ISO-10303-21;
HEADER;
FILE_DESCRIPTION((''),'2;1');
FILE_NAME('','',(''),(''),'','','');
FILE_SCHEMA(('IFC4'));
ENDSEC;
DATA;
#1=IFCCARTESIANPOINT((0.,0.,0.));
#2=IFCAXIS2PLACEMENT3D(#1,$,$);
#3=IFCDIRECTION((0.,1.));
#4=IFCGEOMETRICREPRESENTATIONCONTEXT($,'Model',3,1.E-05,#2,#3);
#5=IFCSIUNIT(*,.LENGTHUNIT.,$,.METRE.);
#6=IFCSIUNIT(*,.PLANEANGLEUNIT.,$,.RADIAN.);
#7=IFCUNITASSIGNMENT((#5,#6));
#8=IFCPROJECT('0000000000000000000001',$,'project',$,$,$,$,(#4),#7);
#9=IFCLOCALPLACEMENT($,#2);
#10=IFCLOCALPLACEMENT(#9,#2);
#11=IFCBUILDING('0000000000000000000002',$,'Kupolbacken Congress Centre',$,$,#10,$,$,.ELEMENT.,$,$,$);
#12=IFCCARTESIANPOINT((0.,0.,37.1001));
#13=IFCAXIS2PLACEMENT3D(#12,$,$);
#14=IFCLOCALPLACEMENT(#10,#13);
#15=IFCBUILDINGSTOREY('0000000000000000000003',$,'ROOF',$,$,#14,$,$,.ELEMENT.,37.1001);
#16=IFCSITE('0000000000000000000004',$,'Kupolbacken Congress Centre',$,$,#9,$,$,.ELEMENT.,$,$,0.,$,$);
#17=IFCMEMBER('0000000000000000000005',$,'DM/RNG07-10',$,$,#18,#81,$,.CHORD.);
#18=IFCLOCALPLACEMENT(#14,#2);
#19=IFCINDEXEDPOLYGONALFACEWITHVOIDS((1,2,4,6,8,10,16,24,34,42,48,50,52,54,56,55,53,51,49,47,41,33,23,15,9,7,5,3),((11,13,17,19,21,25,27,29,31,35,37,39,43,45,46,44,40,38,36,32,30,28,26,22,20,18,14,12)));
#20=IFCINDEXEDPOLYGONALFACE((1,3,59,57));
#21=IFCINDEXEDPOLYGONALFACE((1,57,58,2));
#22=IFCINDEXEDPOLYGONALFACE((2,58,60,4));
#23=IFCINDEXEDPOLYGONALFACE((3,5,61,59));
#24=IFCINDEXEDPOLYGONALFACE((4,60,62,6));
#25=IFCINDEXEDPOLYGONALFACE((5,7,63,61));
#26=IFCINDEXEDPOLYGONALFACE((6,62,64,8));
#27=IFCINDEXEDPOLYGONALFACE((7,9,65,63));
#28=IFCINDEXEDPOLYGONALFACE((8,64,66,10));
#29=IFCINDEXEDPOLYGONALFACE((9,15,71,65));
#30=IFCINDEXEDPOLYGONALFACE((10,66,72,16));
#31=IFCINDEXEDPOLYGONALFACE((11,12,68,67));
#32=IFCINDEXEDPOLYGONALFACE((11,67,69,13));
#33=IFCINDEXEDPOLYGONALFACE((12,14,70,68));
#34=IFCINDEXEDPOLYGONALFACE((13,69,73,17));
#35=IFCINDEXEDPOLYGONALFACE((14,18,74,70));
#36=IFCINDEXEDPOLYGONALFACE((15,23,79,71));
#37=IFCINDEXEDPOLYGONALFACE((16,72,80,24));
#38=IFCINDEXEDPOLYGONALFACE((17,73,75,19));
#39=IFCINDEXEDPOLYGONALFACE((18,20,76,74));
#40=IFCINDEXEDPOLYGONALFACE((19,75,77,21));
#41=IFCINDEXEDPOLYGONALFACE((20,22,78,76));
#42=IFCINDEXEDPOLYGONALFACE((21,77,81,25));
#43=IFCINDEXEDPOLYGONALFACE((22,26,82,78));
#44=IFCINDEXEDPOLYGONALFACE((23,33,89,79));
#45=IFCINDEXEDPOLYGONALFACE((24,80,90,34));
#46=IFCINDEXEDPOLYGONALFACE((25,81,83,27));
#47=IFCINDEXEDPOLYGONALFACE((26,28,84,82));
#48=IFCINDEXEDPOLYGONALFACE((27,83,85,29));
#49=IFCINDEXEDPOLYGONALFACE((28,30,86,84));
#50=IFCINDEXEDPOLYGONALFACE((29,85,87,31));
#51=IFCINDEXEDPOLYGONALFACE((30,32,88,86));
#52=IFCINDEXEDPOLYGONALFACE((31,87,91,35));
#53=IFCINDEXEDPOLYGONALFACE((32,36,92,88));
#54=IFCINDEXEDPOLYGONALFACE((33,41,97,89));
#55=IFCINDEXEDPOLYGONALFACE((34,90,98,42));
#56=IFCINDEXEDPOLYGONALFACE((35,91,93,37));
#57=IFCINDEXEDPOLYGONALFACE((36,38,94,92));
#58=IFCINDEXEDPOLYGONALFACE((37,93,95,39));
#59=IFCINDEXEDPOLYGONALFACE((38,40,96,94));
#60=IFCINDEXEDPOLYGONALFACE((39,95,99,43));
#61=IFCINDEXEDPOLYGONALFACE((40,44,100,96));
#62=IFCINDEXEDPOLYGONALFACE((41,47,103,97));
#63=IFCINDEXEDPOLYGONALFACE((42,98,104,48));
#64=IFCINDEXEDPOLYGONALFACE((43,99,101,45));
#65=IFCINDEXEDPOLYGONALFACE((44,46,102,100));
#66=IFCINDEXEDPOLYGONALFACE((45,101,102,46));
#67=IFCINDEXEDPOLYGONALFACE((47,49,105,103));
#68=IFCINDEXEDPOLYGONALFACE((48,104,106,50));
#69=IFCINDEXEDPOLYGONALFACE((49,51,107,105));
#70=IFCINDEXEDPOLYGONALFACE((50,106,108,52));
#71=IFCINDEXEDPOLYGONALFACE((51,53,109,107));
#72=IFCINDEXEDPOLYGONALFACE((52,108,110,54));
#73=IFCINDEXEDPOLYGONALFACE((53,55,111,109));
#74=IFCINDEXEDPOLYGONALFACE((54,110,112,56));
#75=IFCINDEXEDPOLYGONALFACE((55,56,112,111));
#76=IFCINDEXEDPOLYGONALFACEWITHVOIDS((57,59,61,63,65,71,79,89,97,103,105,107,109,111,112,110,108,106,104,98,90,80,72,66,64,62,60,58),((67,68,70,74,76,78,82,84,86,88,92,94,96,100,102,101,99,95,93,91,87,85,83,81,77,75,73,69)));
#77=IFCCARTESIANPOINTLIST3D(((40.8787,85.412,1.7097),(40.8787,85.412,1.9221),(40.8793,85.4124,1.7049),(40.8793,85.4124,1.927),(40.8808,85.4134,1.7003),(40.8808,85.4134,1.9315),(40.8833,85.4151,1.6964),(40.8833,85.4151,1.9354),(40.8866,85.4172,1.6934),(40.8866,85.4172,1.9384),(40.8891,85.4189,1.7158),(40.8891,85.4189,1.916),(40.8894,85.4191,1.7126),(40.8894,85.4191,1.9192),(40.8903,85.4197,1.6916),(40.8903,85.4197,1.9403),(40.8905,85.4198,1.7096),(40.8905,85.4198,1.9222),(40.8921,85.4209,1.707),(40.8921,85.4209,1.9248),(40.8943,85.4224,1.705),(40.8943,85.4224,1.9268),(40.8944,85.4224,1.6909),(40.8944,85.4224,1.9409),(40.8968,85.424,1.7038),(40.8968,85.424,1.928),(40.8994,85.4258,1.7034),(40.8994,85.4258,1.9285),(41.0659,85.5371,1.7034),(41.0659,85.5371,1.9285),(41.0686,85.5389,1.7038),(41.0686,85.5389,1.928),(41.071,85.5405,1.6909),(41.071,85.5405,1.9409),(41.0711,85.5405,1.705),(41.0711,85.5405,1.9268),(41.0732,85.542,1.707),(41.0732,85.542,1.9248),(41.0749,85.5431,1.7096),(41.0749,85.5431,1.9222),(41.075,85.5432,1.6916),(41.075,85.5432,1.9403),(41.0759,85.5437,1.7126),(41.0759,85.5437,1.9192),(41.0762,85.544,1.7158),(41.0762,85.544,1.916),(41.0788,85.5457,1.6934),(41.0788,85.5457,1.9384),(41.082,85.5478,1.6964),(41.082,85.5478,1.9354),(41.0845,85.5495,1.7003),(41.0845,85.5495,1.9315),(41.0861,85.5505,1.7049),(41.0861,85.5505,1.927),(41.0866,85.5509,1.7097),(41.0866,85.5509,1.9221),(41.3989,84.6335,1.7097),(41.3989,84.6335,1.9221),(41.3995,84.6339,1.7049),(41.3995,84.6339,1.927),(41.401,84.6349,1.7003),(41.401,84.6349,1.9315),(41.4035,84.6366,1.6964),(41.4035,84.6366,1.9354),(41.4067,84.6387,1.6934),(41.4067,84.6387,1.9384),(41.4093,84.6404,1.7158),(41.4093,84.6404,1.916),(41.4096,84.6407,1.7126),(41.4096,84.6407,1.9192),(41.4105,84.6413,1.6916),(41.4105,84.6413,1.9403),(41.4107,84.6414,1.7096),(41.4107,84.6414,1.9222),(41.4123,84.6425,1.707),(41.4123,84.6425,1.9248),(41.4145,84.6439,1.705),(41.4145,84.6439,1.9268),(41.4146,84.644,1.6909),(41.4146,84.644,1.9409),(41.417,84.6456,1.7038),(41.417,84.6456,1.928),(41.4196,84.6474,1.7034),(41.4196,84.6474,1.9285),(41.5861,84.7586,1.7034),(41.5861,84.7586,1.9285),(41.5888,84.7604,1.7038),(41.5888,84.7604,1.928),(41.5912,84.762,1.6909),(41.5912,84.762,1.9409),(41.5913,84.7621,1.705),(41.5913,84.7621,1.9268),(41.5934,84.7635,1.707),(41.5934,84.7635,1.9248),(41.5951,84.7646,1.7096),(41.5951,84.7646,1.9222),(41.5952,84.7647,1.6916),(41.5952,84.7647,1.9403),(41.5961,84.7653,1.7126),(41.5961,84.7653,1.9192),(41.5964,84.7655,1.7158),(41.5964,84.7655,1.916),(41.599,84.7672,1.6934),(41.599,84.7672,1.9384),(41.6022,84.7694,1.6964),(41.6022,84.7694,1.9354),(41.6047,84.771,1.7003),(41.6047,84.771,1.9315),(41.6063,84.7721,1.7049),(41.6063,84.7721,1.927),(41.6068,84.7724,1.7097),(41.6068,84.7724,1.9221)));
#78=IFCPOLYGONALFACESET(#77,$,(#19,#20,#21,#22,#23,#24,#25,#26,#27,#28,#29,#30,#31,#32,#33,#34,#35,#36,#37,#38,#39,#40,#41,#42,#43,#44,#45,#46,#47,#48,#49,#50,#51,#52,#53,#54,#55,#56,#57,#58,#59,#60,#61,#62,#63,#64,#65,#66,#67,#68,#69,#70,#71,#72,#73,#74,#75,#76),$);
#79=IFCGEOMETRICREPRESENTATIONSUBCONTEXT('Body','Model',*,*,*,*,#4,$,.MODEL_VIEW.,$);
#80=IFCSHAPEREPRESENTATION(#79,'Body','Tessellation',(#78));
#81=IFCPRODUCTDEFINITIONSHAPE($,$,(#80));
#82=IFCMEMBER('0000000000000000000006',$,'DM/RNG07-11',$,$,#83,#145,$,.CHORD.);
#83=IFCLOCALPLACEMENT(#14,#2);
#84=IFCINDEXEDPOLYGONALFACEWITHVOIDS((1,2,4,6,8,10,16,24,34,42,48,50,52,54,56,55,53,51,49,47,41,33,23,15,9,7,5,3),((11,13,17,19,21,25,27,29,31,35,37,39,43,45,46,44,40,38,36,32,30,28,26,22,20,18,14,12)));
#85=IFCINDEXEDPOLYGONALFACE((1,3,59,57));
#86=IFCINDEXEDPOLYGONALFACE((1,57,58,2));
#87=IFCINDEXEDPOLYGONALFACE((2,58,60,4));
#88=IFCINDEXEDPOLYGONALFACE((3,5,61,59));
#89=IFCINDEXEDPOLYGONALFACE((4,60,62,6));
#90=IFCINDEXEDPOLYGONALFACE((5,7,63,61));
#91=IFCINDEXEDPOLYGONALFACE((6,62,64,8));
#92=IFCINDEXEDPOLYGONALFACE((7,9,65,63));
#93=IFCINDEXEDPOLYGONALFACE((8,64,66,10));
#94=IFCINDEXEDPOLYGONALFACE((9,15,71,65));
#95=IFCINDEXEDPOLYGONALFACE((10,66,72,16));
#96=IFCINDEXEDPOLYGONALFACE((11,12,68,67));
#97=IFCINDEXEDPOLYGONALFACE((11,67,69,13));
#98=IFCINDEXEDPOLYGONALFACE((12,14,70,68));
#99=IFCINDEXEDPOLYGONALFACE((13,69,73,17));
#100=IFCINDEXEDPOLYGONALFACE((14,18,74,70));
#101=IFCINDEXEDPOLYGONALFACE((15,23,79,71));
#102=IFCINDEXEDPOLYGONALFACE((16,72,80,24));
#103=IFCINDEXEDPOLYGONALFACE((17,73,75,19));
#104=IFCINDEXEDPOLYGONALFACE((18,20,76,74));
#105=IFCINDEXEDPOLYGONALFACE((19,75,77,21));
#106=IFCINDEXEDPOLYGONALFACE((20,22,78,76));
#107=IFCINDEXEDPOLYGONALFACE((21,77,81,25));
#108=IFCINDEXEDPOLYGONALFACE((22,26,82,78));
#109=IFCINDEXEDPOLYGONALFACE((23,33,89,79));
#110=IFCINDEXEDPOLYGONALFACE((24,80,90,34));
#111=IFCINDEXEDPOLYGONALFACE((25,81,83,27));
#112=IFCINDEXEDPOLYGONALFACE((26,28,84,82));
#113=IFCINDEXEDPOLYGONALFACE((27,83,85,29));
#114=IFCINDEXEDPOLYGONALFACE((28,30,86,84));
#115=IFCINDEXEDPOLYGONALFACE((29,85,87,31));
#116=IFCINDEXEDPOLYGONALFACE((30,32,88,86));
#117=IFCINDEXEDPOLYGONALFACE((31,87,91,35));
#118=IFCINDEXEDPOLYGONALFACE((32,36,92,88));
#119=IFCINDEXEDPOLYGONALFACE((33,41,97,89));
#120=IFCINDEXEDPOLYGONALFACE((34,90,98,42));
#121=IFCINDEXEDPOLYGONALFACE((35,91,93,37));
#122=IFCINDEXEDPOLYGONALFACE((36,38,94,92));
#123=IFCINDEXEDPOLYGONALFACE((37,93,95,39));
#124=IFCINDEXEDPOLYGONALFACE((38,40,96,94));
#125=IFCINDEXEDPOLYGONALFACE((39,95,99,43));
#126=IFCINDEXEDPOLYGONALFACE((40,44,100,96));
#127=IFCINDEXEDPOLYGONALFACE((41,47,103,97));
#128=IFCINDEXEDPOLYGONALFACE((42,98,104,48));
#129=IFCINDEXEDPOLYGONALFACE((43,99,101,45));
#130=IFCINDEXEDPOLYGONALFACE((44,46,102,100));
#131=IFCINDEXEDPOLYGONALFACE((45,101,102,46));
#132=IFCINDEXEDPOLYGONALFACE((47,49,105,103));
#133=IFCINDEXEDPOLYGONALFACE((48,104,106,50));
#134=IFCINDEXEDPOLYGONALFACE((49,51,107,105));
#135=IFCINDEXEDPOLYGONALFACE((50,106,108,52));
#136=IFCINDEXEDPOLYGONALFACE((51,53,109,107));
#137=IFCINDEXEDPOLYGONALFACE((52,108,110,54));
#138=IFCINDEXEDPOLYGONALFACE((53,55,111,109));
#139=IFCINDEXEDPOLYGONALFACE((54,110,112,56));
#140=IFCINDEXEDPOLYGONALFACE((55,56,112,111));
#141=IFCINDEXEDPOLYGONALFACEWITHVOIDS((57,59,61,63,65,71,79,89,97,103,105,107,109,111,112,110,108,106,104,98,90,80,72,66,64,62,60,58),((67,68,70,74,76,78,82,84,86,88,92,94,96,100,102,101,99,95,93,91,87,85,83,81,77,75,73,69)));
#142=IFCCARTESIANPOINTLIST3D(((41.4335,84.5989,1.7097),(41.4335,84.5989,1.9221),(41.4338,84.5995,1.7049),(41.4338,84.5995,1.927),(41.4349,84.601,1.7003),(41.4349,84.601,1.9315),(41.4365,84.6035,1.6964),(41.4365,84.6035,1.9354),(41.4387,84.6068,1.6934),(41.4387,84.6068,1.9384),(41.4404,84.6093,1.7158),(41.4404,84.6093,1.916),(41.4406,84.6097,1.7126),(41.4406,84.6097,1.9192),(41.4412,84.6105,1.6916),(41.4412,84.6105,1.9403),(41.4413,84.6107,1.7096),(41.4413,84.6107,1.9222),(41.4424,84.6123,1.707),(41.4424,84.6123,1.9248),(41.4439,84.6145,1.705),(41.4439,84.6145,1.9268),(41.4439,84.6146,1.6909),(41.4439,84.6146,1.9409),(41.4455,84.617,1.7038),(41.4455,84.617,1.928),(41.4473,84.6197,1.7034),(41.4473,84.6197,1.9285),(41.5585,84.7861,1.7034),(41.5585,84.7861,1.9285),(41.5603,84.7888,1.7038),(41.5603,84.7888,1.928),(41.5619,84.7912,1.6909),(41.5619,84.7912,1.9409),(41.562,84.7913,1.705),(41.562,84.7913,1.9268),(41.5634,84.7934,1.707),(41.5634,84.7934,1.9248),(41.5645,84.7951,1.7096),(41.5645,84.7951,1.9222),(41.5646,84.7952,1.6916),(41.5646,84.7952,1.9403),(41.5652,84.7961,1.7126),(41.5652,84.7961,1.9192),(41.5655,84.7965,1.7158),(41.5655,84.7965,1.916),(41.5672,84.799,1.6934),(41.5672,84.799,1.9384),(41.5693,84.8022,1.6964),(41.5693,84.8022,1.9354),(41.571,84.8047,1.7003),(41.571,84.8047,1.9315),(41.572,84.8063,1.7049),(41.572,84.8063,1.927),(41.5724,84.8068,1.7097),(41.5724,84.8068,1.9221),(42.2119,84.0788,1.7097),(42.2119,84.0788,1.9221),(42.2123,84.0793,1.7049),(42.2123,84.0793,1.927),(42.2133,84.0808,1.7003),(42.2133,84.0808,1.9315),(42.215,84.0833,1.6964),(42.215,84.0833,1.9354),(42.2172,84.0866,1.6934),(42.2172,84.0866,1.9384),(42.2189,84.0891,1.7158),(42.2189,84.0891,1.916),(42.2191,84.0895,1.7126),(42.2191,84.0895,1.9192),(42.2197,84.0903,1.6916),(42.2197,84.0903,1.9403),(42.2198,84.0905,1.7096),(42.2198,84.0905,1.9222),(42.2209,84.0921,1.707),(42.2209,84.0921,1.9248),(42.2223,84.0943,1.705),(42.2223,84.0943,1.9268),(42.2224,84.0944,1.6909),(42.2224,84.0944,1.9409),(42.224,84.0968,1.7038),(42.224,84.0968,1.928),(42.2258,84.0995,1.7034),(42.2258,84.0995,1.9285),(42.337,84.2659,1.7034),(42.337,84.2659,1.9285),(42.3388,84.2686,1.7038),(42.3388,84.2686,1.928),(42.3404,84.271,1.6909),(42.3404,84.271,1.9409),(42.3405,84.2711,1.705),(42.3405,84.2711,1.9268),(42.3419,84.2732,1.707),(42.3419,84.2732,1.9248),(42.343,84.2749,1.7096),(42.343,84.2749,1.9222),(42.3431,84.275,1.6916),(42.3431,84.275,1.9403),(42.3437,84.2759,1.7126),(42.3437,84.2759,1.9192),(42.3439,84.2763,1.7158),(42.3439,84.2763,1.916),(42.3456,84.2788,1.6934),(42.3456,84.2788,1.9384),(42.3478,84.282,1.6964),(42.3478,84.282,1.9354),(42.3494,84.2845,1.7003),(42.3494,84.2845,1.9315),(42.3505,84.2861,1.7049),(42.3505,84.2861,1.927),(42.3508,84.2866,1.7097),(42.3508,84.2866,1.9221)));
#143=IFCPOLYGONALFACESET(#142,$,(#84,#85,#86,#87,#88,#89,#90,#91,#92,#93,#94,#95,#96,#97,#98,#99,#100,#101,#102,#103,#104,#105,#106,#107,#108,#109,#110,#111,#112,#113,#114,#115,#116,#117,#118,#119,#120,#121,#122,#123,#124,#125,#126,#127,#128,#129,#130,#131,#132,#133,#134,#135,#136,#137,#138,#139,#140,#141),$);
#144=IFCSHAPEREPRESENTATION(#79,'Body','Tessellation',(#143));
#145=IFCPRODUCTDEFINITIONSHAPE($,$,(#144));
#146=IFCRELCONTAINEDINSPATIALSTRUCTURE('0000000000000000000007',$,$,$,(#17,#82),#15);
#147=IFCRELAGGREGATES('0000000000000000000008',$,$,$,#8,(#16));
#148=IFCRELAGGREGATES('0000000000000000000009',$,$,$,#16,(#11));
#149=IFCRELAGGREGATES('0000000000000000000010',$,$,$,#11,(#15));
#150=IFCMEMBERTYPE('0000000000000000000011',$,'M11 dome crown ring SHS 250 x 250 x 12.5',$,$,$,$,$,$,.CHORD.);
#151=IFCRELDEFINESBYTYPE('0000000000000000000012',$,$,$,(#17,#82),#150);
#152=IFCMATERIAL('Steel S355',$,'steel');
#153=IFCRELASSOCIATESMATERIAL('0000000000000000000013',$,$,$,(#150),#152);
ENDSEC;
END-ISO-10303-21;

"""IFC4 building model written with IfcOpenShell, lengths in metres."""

from ifc_helpers import new_model, si_unit, direction, frame, origin, origin_2d, place, context, subcontext, project, spatial, hollow_rectangle, extrude, material, material_profile, profile_set, type_object, element, save


model = new_model("IFC4")

# Units and contexts
model_context = context("Model", 3, precision=1e-05, world=origin(), true_north=direction((0.0, 1.0)))
body_context = subcontext(model_context, "Body", "Model", "MODEL_VIEW")
ifc_project = project(units=[si_unit("LENGTHUNIT", "METRE"), si_unit("PLANEANGLEUNIT", "RADIAN")], contexts=[model_context])

# Site, building, storey
site_placement = place(None, origin())
site = spatial("IfcSite", under=ifc_project, at=site_placement, Name="Kupolbacken Congress Centre", CompositionType="ELEMENT", RefElevation=0.0)
building_placement = place(site_placement, origin())
building = spatial("IfcBuilding", under=site, at=building_placement, Name="Kupolbacken Congress Centre", CompositionType="ELEMENT")
storey_placement = place(building_placement, frame((0.0, 0.0, 37.1001)))
storey = spatial("IfcBuildingStorey", under=building, at=storey_placement, Name="ROOF", CompositionType="ELEMENT", Elevation=37.1001)

# Members
ifc_material_1 = material(Name="Steel S355", Category="steel")
ifc_material_profile_1 = material_profile(ifc_material_1, hollow_rectangle(XDim=0.25, YDim=0.25, WallThickness=0.0125, InnerFilletRadius=0.0125, OuterFilletRadius=0.0188, at=origin_2d()), Name="SHS 250 x 250 x 12.5")
ifc_profile_set_1 = profile_set([ifc_material_profile_1], Name="Steel S355")
member_type_1 = type_object("IfcMemberType", Name="M11 dome crown ring SHS 250 x 250 x 12.5", PredefinedType="CHORD", material=ifc_profile_set_1)
for number, where, z_axis, x_axis, name in (
    (1, (40.9827, 85.4814, 1.8159), (0.555602, -0.831448, 0.0), (0.831448, 0.555602, 0.0), "DM/RNG07-10"),
    (2, (41.5029, 84.7029, 1.8159), (0.831448, -0.555602, 0.0), (0.555602, 0.831448, 0.0), "DM/RNG07-11"),
):
    element("IfcMember", number, at=place(storey_placement, frame(where, z_axis=z_axis, x_axis=x_axis)), inside=storey, type_object=member_type_1, Name=name, PredefinedType="CHORD", context=body_context, shape_type="SweptSolid", body=[
        extrude(hollow_rectangle(XDim=0.25, YDim=0.25, WallThickness=0.0125, InnerFilletRadius=0.0125, OuterFilletRadius=0.0188, at=origin_2d()), origin(), (0.0, 0.0, 1.0), 0.9363),
    ])

save(model, "model.ifc")
